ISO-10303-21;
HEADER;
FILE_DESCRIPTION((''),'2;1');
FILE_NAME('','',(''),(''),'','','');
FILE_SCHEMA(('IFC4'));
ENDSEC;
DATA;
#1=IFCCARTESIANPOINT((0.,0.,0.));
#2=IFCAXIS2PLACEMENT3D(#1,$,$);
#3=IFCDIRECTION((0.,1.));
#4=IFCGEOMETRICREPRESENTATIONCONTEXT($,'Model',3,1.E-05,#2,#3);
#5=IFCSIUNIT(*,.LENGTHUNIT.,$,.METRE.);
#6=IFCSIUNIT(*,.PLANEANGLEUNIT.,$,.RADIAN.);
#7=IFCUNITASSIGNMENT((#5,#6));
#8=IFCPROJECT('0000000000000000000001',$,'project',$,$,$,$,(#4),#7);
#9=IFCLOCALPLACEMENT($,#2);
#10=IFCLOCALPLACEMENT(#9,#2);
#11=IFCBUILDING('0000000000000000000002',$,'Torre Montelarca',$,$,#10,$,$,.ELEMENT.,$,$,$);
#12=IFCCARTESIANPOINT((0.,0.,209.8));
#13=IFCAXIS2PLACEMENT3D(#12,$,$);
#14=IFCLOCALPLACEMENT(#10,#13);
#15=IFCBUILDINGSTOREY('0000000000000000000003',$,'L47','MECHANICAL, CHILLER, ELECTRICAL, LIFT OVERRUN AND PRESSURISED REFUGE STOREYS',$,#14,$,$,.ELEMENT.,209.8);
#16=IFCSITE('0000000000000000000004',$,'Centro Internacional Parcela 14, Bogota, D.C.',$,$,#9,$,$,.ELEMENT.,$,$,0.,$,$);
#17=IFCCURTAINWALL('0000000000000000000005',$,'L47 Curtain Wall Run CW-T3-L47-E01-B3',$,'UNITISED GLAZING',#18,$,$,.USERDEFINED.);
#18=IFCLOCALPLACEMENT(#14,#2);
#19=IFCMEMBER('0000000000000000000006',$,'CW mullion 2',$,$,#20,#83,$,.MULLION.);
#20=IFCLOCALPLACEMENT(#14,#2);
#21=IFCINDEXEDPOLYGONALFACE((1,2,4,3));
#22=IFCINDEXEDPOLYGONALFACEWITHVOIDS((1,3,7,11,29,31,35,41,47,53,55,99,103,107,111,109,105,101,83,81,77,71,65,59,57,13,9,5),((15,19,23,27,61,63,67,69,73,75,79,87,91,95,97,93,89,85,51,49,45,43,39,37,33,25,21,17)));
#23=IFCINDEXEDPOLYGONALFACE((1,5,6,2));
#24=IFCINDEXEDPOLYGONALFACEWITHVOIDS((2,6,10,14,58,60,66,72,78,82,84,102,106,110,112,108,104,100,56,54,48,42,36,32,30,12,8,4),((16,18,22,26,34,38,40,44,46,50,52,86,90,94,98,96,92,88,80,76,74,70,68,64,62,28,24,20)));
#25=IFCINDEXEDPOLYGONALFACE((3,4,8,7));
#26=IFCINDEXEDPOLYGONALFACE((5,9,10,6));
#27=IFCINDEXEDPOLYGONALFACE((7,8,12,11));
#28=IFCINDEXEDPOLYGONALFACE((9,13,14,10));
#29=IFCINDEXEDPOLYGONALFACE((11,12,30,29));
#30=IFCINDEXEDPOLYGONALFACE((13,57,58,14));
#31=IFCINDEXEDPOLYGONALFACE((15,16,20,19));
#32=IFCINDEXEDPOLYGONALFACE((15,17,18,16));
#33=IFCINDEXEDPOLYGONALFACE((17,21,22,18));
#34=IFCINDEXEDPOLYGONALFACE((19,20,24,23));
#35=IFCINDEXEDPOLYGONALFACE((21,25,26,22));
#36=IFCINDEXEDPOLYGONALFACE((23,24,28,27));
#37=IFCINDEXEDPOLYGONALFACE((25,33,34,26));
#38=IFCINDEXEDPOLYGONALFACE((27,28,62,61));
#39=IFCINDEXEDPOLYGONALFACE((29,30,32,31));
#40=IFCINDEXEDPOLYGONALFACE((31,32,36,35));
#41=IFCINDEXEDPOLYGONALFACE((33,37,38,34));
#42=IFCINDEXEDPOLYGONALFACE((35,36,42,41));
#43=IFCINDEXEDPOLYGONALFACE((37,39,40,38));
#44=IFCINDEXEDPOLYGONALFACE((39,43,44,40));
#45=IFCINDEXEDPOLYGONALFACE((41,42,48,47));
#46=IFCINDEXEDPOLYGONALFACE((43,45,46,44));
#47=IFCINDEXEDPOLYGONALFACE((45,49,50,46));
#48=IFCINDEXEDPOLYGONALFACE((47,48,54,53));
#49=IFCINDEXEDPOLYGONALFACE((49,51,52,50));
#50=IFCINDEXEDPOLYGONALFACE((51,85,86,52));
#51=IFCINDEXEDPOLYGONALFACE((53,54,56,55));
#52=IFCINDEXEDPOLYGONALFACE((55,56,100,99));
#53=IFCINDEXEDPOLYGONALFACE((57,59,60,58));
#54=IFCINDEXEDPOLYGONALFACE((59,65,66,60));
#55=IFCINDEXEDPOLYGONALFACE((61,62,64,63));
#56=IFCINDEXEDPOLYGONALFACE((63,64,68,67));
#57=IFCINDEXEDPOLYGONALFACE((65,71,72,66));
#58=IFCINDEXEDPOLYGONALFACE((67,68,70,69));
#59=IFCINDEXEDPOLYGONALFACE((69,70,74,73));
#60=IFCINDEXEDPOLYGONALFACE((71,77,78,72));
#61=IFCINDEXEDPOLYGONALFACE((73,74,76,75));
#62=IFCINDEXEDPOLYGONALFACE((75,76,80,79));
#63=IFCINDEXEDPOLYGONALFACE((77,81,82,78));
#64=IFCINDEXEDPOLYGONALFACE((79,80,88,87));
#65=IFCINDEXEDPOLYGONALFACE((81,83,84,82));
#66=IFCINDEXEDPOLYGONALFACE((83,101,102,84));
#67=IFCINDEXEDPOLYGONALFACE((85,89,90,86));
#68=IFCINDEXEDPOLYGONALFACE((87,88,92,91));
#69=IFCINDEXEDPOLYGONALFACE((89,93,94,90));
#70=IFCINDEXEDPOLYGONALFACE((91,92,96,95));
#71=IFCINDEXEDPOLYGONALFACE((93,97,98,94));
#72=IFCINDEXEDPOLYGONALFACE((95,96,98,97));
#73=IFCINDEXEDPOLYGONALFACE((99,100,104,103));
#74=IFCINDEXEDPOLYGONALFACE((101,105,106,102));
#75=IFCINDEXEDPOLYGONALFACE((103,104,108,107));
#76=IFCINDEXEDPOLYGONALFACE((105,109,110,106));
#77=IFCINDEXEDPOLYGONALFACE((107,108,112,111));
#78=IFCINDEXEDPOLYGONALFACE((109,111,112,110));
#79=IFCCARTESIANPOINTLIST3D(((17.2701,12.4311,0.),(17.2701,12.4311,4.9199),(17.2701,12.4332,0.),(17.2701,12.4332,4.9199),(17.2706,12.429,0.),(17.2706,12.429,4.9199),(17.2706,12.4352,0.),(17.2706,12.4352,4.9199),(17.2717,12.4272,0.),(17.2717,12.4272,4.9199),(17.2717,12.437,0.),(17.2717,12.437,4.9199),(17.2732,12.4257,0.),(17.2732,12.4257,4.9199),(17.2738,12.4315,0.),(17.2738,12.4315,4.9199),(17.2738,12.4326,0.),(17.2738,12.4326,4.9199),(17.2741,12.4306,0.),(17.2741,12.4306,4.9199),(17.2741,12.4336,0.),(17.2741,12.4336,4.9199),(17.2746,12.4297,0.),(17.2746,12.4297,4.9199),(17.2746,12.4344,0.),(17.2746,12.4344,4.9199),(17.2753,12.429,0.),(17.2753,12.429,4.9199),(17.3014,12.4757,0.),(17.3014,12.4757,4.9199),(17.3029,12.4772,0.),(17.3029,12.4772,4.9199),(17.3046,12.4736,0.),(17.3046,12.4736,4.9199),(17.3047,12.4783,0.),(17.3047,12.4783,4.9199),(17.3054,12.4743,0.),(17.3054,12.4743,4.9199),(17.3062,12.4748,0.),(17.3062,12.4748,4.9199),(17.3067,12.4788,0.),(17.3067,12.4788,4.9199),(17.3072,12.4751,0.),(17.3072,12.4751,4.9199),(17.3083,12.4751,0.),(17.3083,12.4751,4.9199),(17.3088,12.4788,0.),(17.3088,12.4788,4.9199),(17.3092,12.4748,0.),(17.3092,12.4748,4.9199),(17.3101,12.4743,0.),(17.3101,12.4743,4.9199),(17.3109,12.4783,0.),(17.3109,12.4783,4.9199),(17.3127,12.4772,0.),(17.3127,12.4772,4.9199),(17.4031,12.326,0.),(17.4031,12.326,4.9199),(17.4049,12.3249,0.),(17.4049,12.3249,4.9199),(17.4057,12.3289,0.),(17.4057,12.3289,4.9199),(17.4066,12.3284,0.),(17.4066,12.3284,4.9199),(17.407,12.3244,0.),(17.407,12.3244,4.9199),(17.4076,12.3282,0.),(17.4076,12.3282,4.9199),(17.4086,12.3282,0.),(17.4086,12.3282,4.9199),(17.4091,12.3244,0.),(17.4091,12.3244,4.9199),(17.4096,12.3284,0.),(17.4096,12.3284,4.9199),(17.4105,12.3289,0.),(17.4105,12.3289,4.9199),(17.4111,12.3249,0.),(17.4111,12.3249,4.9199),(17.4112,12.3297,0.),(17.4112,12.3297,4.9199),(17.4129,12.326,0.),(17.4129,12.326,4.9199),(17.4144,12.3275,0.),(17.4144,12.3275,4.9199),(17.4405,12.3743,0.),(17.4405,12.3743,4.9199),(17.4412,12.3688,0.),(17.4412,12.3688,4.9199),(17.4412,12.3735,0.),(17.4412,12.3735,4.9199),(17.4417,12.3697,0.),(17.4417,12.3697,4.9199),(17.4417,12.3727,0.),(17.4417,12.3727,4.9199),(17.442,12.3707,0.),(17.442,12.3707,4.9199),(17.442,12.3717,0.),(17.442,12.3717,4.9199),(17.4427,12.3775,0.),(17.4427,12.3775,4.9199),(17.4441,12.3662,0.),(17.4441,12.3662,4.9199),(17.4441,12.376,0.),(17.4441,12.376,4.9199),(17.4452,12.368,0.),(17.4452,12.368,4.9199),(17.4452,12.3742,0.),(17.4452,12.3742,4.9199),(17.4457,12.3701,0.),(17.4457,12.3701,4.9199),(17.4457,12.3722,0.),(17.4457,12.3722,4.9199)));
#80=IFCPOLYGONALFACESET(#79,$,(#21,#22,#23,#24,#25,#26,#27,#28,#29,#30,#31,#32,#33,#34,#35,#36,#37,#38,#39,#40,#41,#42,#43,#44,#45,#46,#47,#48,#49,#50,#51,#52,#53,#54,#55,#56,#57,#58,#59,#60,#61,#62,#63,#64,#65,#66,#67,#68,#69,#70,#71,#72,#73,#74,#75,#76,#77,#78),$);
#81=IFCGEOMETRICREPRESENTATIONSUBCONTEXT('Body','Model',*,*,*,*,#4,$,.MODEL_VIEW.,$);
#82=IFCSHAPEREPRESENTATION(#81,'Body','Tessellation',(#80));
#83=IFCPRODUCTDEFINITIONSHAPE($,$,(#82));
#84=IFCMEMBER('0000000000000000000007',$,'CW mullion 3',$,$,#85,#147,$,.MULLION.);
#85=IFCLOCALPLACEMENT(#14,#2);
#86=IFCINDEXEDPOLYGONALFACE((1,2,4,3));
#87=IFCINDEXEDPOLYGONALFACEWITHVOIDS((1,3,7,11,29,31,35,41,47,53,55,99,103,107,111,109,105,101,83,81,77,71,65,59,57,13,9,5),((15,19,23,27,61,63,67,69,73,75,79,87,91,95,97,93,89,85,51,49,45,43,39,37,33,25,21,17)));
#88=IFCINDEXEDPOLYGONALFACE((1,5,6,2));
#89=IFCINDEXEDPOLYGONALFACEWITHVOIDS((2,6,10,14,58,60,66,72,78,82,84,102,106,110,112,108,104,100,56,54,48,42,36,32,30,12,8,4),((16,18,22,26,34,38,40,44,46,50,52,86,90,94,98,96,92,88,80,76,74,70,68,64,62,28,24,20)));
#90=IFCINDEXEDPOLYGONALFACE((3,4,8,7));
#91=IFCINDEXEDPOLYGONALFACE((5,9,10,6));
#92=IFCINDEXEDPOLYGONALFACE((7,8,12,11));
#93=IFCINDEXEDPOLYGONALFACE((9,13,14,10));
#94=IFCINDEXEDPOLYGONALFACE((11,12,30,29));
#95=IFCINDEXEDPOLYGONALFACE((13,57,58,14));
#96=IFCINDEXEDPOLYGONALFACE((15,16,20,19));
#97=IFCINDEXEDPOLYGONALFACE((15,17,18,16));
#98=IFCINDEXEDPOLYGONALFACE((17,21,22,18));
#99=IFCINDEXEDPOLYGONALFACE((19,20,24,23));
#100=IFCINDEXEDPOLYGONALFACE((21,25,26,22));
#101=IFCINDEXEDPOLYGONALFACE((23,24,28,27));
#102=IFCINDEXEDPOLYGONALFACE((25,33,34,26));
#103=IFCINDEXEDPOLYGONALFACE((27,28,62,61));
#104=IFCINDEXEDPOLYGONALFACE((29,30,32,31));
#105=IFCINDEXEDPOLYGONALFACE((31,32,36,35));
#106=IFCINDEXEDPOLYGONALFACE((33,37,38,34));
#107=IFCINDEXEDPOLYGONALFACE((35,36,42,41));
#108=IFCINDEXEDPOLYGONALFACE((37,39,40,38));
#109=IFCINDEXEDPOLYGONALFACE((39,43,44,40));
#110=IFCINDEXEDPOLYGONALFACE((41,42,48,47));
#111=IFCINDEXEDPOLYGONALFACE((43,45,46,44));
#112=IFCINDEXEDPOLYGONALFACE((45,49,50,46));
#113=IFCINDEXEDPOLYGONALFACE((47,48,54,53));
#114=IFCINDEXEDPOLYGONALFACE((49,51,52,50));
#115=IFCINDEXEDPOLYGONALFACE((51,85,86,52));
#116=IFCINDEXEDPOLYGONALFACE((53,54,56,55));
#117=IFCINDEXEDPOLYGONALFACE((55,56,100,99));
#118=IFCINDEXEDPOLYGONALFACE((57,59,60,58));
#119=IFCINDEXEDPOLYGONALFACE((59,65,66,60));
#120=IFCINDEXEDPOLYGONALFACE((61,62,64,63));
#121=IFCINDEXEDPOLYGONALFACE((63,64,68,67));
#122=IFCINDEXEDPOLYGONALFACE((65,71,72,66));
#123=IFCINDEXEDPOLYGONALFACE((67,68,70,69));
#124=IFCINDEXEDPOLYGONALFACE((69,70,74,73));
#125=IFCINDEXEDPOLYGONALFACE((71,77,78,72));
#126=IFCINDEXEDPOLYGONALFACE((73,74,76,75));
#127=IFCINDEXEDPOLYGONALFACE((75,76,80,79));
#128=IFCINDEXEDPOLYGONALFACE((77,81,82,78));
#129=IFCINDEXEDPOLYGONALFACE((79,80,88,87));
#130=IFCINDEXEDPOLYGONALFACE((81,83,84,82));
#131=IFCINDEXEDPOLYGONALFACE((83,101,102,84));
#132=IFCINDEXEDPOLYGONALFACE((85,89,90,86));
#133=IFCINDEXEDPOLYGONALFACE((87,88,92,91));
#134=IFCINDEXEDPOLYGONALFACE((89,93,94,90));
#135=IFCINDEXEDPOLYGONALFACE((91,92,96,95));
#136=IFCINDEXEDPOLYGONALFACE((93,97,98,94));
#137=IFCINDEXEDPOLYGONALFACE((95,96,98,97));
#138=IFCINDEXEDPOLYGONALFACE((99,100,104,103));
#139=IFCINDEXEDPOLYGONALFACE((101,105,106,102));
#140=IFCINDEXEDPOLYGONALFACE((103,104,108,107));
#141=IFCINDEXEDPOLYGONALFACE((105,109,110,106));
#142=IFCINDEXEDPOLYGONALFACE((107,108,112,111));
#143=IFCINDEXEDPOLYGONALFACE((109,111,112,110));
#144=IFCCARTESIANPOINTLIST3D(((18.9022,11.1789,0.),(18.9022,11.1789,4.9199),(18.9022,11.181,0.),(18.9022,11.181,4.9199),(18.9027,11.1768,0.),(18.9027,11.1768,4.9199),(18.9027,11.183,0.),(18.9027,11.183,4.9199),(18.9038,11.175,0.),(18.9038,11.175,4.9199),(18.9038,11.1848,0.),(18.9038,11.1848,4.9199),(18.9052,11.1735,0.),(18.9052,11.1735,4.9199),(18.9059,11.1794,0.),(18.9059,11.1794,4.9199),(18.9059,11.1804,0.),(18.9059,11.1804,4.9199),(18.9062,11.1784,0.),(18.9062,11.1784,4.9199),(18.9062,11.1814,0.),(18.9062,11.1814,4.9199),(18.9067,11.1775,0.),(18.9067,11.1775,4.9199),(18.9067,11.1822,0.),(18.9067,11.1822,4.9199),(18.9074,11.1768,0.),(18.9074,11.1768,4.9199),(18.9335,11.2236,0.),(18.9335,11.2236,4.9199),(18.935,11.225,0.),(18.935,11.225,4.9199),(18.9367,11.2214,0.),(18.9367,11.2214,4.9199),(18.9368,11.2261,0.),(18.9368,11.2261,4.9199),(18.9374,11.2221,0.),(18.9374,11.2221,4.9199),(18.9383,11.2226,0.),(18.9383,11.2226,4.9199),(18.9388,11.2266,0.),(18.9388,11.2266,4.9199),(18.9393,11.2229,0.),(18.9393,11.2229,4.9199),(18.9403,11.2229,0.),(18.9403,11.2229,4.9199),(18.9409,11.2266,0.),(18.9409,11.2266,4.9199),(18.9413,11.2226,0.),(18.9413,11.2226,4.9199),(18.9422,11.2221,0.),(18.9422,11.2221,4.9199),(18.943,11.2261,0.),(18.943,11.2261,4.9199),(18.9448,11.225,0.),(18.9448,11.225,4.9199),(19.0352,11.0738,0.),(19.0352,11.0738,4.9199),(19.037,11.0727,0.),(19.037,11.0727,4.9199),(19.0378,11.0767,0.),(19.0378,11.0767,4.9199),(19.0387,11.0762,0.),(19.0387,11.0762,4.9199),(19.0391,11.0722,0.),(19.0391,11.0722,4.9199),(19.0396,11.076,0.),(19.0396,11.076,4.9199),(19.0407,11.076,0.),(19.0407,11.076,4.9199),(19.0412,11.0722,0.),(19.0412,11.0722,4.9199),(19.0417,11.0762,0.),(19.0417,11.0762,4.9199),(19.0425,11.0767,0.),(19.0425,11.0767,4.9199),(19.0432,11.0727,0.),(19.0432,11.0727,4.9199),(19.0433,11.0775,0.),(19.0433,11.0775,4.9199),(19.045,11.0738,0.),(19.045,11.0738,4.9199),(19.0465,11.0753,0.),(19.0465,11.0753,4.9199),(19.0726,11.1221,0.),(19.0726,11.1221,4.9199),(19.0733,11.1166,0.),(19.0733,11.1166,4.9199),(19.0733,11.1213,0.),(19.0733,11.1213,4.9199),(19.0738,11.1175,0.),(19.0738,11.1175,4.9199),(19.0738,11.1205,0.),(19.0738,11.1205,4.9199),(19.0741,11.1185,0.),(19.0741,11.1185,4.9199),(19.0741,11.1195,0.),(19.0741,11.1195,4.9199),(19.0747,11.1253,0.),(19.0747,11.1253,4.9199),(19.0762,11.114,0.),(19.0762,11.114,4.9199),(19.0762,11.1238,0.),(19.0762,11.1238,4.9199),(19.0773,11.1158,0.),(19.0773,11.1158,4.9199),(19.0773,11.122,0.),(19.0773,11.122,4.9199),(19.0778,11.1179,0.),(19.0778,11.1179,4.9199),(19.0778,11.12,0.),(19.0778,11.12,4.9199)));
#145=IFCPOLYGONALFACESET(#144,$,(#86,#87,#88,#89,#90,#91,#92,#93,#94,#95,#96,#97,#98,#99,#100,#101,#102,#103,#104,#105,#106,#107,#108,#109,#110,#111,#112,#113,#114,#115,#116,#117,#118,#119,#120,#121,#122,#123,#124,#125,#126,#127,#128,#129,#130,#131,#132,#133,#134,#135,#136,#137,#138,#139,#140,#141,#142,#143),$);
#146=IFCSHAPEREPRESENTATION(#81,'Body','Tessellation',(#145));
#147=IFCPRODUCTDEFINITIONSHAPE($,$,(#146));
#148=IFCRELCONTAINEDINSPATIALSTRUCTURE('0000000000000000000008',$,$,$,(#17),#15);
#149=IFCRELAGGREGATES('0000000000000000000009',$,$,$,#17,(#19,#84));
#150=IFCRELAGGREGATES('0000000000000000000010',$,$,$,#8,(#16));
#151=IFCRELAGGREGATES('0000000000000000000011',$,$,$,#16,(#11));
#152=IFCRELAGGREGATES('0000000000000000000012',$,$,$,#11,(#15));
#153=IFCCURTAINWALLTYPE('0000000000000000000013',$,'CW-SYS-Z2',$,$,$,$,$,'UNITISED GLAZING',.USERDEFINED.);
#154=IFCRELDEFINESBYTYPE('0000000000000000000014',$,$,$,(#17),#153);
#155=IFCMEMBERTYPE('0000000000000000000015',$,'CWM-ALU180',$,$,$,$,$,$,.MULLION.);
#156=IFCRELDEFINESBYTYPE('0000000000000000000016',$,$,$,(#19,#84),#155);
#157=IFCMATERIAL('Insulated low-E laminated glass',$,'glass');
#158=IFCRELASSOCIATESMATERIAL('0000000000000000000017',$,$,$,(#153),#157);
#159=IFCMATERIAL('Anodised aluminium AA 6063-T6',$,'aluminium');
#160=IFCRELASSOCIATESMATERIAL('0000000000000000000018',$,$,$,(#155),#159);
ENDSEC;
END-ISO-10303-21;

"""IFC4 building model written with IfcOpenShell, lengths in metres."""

from ifc_helpers import new_model, si_unit, direction, frame, origin, origin_2d, place, context, subcontext, project, spatial, hollow_rectangle, extrude, source, transform, mapped, material, material_profile, profile_set, type_object, element, aggregate, save


model = new_model("IFC4")

# Units and contexts
model_context = context("Model", 3, precision=1e-05, world=origin(), true_north=direction((0.0, 1.0)))
body_context = subcontext(model_context, "Body", "Model", "MODEL_VIEW")
ifc_project = project(units=[si_unit("LENGTHUNIT", "METRE"), si_unit("PLANEANGLEUNIT", "RADIAN")], contexts=[model_context])

# Site, building, storey
site_placement = place(None, origin())
site = spatial("IfcSite", under=ifc_project, at=site_placement, Name="Centro Internacional Parcela 14, Bogota, D.C.", CompositionType="ELEMENT", RefElevation=0.0)
building_placement = place(site_placement, origin())
building = spatial("IfcBuilding", under=site, at=building_placement, Name="Torre Montelarca", CompositionType="ELEMENT")
storey_placement = place(building_placement, frame((0.0, 0.0, 209.8)))
storey = spatial("IfcBuildingStorey", under=building, at=storey_placement, Name="L47", Description="MECHANICAL, CHILLER, ELECTRICAL, LIFT OVERRUN AND PRESSURISED REFUGE STOREYS", CompositionType="ELEMENT", Elevation=209.8)

# Curtain wall, members
ifc_material_1 = material(Name="Insulated low-E laminated glass", Category="glass")
curtain_wall_type = type_object("IfcCurtainWallType", Name="CW-SYS-Z2", ElementType="UNITISED GLAZING", PredefinedType="USERDEFINED", material=ifc_material_1)
ifc_material_2 = material(Name="Anodised aluminium AA 6063-T6", Category="aluminium")
ifc_material_profile_1 = material_profile(ifc_material_2, hollow_rectangle(XDim=0.0649, YDim=0.1799, WallThickness=0.0039, InnerFilletRadius=0.0039, OuterFilletRadius=0.0081, at=origin_2d()), Name="ALU65X180X4", Category="aluminium")
ifc_profile_set_1 = profile_set([ifc_material_profile_1], Name="Anodised aluminium AA 6063-T6")
member_type_1 = type_object("IfcMemberType", Name="CWM-ALU180", PredefinedType="MULLION", material=ifc_profile_set_1)
shared_shape_1 = source(origin(), body_context, "Body", "SweptSolid", [
    extrude(hollow_rectangle(XDim=0.0649, YDim=0.1799, WallThickness=0.0039, InnerFilletRadius=0.0039, OuterFilletRadius=0.0081, at=origin_2d()), origin(), (0.0, 0.0, 1.0), 4.9199),
])
curtain_wall_1_placement = place(storey_placement, origin())
curtain_wall_1 = element("IfcCurtainWall", 1, at=curtain_wall_1_placement, inside=storey, type_object=curtain_wall_type, Name="L47 Curtain Wall Run CW-T3-L47-E01-B3", ObjectType="UNITISED GLAZING", PredefinedType="USERDEFINED")
member_1_placement = place(storey_placement, frame((17.3579, 12.4016, 0.0), z_axis=(0.0, 0.0, 1.0), x_axis=(0.608754, 0.793359, 0.0)))
member_1 = element("IfcMember", 2, at=member_1_placement, type_object=member_type_1, Name="CW mullion 2", PredefinedType="MULLION", context=body_context, shape_type="MappedRepresentation", body=[
    mapped(shared_shape_1, transform((0.0, 0.0, 0.0), scale=1.0)),
])
member_2_placement = place(storey_placement, frame((18.99, 11.1494, 0.0), z_axis=(0.0, 0.0, 1.0), x_axis=(0.608754, 0.793359, 0.0)))
member_2 = element("IfcMember", 3, at=member_2_placement, type_object=member_type_1, Name="CW mullion 3", PredefinedType="MULLION", context=body_context, shape_type="MappedRepresentation", body=[
    mapped(shared_shape_1, transform((0.0, 0.0, 0.0), scale=1.0)),
])

aggregate(curtain_wall_1, [member_1, member_2])

save(model, "model.ifc")
